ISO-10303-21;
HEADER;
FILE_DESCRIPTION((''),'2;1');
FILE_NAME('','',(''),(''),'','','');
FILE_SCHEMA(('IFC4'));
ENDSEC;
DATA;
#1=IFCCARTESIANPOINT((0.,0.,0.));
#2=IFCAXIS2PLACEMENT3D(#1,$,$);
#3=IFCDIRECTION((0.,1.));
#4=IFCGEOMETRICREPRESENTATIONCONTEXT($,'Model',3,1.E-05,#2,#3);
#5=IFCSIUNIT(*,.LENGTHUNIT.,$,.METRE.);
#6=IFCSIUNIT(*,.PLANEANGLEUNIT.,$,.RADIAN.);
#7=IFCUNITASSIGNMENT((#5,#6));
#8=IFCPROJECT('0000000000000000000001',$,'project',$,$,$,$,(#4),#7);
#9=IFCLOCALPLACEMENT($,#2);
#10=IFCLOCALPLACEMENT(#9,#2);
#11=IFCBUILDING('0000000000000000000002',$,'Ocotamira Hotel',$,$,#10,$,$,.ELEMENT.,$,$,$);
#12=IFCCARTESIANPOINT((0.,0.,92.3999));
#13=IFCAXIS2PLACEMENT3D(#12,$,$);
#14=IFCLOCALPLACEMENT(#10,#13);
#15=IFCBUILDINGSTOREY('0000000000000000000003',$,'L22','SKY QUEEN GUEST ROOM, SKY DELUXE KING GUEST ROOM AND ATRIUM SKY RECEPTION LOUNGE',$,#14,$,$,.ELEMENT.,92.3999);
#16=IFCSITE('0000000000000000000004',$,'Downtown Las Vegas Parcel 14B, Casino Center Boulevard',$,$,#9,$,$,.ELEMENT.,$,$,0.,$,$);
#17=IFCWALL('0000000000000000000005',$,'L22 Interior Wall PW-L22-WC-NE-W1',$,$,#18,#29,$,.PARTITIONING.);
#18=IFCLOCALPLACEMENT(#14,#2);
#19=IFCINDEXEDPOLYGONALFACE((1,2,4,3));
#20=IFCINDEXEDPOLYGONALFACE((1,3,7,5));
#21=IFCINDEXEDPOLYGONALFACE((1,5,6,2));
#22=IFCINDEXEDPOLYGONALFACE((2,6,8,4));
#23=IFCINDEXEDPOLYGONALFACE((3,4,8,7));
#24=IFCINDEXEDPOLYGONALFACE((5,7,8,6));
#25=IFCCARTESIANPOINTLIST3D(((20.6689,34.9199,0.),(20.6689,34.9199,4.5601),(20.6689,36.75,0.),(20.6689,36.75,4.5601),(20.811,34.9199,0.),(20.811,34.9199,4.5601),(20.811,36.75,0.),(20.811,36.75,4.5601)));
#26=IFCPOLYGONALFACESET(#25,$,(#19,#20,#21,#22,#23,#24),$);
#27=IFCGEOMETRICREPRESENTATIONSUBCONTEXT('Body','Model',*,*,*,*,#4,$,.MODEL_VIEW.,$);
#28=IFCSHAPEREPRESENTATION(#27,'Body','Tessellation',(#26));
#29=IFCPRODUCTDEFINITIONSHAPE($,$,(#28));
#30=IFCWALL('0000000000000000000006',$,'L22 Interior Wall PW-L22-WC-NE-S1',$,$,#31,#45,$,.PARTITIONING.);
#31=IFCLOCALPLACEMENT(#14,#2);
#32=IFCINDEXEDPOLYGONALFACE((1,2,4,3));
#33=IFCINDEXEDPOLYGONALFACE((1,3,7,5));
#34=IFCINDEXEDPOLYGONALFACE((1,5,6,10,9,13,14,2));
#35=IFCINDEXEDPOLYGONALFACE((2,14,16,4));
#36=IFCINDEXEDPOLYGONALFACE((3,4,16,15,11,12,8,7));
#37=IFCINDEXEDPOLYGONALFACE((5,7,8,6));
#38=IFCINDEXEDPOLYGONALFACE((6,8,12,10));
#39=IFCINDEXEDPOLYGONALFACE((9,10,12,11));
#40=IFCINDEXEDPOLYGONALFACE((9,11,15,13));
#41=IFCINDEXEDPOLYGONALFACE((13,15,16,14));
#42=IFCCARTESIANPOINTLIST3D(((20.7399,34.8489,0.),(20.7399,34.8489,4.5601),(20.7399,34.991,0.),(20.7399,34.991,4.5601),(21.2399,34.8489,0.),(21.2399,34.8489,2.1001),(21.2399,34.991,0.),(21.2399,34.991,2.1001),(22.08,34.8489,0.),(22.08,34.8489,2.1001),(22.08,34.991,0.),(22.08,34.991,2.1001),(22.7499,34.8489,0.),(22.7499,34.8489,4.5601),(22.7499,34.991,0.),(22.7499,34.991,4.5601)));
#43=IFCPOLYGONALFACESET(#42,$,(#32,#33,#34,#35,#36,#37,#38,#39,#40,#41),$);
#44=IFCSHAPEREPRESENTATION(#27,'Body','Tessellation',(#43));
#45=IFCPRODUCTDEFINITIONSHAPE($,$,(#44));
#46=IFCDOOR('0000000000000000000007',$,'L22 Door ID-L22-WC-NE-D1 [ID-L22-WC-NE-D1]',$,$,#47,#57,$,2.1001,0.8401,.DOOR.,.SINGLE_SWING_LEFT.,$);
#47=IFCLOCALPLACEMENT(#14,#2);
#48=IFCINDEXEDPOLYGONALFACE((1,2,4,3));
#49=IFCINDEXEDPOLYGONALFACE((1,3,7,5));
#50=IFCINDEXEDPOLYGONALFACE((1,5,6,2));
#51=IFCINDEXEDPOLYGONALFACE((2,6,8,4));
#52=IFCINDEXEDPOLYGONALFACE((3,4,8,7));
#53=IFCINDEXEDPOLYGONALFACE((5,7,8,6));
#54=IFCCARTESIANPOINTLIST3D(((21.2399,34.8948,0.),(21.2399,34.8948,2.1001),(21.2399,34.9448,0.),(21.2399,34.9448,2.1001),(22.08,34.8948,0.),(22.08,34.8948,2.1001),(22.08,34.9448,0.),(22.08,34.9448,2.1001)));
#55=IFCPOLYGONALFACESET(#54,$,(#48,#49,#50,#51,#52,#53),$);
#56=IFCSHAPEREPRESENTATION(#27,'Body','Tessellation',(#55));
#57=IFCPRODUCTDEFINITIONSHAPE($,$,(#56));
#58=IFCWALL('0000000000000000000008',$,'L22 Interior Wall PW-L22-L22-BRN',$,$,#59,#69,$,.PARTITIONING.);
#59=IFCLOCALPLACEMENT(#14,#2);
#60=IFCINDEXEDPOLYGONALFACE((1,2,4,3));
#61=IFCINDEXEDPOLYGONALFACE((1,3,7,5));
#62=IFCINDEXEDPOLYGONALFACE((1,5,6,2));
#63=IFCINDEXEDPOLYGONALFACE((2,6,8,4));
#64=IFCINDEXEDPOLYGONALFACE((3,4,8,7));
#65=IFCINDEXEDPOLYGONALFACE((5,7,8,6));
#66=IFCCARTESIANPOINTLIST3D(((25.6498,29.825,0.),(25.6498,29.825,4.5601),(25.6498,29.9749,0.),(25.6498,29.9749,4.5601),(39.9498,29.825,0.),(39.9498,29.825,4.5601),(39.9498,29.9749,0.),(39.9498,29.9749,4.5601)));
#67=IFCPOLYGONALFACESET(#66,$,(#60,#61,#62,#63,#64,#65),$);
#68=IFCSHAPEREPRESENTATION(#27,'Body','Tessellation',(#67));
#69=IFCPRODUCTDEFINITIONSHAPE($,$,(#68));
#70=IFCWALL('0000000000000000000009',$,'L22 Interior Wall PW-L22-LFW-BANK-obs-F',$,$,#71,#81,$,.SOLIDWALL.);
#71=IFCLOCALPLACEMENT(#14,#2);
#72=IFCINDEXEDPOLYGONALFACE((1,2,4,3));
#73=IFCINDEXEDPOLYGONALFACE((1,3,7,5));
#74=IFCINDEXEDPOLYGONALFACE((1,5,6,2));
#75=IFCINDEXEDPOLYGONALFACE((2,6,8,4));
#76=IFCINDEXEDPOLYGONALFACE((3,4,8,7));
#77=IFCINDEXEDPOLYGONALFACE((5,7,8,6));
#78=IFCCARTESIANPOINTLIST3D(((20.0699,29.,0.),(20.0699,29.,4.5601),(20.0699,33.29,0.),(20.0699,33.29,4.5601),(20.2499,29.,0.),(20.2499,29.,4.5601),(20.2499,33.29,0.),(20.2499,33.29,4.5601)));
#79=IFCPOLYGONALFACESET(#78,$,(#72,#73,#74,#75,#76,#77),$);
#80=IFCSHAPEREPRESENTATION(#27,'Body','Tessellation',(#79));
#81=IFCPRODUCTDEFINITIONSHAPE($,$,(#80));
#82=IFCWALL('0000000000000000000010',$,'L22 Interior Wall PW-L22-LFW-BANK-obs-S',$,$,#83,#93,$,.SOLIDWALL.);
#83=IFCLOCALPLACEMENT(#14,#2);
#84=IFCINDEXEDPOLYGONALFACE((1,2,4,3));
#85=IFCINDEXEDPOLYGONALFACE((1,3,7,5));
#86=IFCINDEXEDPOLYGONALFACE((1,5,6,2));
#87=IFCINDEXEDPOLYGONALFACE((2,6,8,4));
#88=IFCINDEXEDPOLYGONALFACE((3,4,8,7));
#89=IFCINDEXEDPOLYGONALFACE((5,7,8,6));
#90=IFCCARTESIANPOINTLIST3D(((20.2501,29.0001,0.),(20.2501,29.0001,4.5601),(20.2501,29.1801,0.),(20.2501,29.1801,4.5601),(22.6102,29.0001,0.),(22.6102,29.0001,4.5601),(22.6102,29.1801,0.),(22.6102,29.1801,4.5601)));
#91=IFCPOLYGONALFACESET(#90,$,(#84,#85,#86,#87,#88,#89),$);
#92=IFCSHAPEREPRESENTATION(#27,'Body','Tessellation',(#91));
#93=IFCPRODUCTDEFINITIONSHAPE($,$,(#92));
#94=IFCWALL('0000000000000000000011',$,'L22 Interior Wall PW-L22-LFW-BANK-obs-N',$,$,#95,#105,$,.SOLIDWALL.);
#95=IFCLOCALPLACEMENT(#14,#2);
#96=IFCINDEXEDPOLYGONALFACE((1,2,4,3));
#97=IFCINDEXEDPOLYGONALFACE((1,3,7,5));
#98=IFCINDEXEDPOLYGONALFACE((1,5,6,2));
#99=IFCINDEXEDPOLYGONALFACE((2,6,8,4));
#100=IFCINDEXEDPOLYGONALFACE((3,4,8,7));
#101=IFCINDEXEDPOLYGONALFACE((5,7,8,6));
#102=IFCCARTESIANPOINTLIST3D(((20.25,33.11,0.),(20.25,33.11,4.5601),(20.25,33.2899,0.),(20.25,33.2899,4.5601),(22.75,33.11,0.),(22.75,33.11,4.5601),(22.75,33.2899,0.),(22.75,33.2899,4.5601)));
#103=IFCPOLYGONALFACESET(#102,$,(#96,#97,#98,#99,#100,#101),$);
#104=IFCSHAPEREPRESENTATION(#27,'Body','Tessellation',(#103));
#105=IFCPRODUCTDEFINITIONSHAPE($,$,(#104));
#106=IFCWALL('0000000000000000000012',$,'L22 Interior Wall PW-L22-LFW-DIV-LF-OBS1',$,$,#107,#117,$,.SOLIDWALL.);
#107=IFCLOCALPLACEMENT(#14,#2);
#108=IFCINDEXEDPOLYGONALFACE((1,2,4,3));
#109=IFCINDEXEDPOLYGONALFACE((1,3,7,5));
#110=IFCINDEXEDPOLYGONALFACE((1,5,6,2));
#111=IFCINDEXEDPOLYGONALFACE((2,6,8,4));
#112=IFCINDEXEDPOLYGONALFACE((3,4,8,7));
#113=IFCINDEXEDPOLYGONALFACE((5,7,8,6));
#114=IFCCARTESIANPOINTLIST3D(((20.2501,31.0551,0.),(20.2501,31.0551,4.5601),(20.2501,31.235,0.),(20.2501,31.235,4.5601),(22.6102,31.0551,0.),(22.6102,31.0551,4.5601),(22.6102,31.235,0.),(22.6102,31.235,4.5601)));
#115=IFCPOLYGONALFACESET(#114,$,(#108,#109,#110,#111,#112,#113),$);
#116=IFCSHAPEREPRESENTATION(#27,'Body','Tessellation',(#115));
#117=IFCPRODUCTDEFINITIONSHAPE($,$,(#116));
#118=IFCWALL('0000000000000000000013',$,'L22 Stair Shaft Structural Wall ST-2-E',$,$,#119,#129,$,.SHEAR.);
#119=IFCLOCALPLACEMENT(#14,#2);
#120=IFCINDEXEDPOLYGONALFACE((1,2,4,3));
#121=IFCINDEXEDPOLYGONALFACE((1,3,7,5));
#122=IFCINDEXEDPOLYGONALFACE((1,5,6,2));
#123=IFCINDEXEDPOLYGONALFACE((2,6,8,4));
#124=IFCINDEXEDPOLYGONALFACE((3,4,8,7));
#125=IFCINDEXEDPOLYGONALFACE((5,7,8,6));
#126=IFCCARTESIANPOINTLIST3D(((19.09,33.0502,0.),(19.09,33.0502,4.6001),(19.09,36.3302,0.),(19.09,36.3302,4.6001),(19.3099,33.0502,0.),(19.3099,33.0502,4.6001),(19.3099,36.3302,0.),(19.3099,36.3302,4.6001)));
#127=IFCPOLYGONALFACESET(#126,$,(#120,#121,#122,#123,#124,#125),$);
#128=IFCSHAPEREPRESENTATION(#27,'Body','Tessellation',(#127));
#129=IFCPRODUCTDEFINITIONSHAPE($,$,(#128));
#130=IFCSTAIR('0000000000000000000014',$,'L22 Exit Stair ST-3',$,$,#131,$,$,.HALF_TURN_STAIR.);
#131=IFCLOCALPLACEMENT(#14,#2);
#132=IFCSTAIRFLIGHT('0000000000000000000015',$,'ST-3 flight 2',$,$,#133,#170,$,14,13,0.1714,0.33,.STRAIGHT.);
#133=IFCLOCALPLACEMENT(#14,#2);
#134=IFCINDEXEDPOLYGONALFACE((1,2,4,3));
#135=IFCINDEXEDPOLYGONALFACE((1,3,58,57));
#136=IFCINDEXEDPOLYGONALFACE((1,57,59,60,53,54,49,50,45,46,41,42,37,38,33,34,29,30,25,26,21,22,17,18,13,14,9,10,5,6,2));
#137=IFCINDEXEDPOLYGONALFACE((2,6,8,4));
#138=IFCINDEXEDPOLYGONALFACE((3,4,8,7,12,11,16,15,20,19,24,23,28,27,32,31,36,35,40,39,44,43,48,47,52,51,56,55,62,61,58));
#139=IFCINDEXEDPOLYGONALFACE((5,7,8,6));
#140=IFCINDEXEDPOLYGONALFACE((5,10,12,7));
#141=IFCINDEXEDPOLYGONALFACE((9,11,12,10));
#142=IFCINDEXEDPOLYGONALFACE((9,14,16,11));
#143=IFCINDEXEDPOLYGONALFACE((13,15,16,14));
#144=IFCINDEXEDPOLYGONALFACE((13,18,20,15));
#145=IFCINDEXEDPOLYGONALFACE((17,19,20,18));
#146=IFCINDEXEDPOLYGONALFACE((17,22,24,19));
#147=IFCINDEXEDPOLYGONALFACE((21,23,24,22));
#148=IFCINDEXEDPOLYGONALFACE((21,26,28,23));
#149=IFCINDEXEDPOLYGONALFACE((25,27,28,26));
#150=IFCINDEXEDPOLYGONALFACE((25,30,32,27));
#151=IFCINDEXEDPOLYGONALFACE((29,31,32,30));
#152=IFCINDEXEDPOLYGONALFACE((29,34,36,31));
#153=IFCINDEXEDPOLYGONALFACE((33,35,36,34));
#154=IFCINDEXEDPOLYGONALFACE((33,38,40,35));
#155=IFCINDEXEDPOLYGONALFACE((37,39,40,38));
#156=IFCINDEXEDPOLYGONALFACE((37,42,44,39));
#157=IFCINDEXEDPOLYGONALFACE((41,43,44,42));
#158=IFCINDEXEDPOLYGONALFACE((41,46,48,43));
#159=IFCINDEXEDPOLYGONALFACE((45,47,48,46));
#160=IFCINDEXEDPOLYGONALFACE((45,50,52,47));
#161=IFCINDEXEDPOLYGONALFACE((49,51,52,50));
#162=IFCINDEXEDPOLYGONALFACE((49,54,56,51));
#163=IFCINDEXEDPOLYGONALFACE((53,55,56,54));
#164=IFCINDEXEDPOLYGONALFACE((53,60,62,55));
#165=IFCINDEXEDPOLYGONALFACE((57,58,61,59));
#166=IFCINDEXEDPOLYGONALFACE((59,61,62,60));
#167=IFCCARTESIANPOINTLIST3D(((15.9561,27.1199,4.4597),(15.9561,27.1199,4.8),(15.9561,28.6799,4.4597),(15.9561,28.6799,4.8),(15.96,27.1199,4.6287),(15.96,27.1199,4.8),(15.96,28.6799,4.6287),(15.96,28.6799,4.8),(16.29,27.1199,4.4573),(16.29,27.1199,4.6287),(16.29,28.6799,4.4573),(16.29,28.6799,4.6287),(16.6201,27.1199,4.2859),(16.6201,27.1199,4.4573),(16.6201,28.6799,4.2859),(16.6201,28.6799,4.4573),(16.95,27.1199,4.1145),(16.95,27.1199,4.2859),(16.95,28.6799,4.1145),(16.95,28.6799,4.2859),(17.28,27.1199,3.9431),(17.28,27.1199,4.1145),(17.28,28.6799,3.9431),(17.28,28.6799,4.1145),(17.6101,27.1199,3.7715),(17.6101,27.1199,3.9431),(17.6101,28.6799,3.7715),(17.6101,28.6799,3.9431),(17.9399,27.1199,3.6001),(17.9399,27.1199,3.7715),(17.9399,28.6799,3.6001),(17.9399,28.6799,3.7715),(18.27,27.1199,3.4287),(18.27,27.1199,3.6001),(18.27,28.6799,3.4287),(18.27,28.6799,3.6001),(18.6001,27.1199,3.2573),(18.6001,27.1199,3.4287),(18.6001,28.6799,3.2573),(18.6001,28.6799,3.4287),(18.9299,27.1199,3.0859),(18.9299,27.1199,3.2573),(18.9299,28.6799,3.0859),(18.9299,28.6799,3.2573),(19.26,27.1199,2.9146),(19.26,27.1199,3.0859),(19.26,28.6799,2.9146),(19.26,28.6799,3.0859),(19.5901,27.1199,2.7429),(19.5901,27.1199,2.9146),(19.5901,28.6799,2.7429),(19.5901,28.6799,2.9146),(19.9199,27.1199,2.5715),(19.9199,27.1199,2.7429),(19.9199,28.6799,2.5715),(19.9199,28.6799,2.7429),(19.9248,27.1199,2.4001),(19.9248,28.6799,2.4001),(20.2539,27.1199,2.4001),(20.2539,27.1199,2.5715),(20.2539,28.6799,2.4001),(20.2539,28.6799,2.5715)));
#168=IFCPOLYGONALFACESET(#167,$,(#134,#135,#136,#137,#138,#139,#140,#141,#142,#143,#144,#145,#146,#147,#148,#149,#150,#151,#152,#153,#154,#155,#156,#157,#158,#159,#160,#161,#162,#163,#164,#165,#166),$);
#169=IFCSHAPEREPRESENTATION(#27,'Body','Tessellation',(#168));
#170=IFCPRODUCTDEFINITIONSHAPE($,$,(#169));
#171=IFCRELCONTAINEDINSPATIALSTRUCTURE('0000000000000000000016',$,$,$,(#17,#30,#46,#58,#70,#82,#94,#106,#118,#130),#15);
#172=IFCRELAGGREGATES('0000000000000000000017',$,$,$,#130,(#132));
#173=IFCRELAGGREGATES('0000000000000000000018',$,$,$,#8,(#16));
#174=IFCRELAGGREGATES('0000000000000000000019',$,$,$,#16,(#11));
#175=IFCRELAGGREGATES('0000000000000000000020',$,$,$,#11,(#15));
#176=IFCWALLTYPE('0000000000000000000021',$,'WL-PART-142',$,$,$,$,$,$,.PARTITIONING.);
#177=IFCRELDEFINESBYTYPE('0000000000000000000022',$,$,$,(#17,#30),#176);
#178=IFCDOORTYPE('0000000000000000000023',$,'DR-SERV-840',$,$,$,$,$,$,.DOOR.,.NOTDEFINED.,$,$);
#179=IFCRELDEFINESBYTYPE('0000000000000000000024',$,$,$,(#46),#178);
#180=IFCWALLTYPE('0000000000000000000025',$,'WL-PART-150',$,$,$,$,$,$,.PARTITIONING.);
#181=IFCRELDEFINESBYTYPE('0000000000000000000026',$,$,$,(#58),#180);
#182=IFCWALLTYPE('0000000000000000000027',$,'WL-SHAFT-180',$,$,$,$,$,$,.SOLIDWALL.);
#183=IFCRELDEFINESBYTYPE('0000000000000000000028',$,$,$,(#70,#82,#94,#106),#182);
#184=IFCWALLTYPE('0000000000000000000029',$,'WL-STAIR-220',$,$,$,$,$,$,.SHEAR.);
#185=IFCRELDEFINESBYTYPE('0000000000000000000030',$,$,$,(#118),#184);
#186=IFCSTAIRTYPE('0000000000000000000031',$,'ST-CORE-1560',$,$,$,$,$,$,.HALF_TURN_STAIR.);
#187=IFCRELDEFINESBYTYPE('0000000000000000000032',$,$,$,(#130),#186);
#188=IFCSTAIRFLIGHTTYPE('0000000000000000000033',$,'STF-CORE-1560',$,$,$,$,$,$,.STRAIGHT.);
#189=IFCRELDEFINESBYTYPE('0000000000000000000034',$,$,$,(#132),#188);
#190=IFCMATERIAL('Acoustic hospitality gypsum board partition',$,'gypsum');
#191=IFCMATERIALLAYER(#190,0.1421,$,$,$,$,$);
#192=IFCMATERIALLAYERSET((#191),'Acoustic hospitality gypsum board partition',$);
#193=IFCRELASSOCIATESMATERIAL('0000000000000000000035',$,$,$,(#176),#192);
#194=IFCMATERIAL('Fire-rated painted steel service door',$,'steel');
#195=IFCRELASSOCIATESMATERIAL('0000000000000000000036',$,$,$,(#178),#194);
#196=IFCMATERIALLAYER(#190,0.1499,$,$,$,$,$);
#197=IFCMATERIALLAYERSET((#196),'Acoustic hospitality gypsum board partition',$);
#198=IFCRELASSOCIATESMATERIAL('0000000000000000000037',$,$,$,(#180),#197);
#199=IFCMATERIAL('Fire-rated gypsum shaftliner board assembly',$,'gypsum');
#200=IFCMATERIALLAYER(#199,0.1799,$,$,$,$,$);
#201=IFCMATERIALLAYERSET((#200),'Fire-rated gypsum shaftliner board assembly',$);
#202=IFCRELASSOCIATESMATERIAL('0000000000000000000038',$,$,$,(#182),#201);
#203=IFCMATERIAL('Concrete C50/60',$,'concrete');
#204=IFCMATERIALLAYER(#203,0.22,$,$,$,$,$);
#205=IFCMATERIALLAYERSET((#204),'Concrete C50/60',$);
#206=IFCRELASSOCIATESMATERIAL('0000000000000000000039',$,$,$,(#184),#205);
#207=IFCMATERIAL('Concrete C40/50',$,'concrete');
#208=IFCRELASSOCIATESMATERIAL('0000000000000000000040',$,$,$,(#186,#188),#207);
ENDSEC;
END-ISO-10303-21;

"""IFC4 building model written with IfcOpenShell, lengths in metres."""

from ifc_helpers import new_model, si_unit, direction, frame, frame_2d, origin, place, context, subcontext, project, spatial, polyline, rectangle, outline, extrude, source, transform, mapped, material, layer, layer_set, type_object, element, fill, aggregate, save


model = new_model("IFC4")

# Units and contexts
model_context = context("Model", 3, precision=1e-05, world=origin(), true_north=direction((0.0, 1.0)))
body_context = subcontext(model_context, "Body", "Model", "MODEL_VIEW")
ifc_project = project(units=[si_unit("LENGTHUNIT", "METRE"), si_unit("PLANEANGLEUNIT", "RADIAN")], contexts=[model_context])

# Site, building, storey
site_placement = place(None, origin())
site = spatial("IfcSite", under=ifc_project, at=site_placement, Name="Downtown Las Vegas Parcel 14B, Casino Center Boulevard", CompositionType="ELEMENT", RefElevation=0.0)
building_placement = place(site_placement, origin())
building = spatial("IfcBuilding", under=site, at=building_placement, Name="Ocotamira Hotel", CompositionType="ELEMENT")
storey_placement = place(building_placement, frame((0.0, 0.0, 92.3999)))
storey = spatial("IfcBuildingStorey", under=building, at=storey_placement, Name="L22", Description="SKY QUEEN GUEST ROOM, SKY DELUXE KING GUEST ROOM AND ATRIUM SKY RECEPTION LOUNGE", CompositionType="ELEMENT", Elevation=92.3999)

# Wall
ifc_material_1 = material(Name="Acoustic hospitality gypsum board partition", Category="gypsum")
ifc_layer_1 = layer(ifc_material_1, 0.1421)
ifc_layer_set_1 = layer_set([ifc_layer_1], Name="Acoustic hospitality gypsum board partition")
wall_type_1 = type_object("IfcWallType", Name="WL-PART-142", PredefinedType="PARTITIONING", material=ifc_layer_set_1)
wall_1_placement = place(storey_placement, frame((20.74, 34.9199, 0.0), z_axis=(0.0, 0.0, 1.0), x_axis=(0.0, 1.0, 0.0)))
element("IfcWall", 1, at=wall_1_placement, inside=storey, type_object=wall_type_1, Name="L22 Interior Wall PW-L22-WC-NE-W1", PredefinedType="PARTITIONING", context=body_context, shape_type="SweptSolid", body=[
    extrude(rectangle(XDim=1.8301, YDim=0.1421, at=frame_2d((0.915, 0.0))), origin(), (0.0, 0.0, 1.0), 4.5601),
])

# Wall, opening, door
wall_2_placement = place(storey_placement, frame((20.74, 34.9199, 0.0), z_axis=(0.0, 0.0, 1.0), x_axis=(1.0, 0.0, 0.0)))
wall_2 = element("IfcWall", 2, at=wall_2_placement, inside=storey, type_object=wall_type_1, Name="L22 Interior Wall PW-L22-WC-NE-S1", PredefinedType="PARTITIONING", context=body_context, shape_type="SweptSolid", body=[
    extrude(rectangle(XDim=2.01, YDim=0.1421, at=frame_2d((1.0049, 0.0))), origin(), (0.0, 0.0, 1.0), 4.5601),
])
opening_1_placement = place(wall_2_placement, frame((0.5, 0.0, 0.0)))
opening_1 = element("IfcOpeningElement", 3, at=opening_1_placement, cuts=wall_2, PredefinedType="OPENING", context=body_context, shape_type="SweptSolid", body=[
    extrude(rectangle(XDim=0.8401, YDim=2.1001, at=frame_2d((0.4199, 1.05))), frame((0.0, 0.0811, 0.0), z_axis=(0.0, -1.0, 0.0), x_axis=(1.0, 0.0, 0.0)), (0.0, 0.0, 1.0), 0.1621),
])
ifc_material_2 = material(Name="Fire-rated painted steel service door", Category="steel")
door_type_1 = type_object("IfcDoorType", Name="DR-SERV-840", OperationType="NOTDEFINED", PredefinedType="DOOR", material=ifc_material_2)
shared_shape_1 = source(origin(), body_context, "Body", "SweptSolid", [
    extrude(rectangle(XDim=0.8401, YDim=2.1001, at=frame_2d((0.4199, 1.05))), frame((0.0, 0.0249, 0.0), z_axis=(0.0, -1.0, 0.0), x_axis=(1.0, 0.0, 0.0)), (0.0, 0.0, 1.0), 0.05),
])
door_1_placement = place(opening_1_placement, origin())
door_1 = element("IfcDoor", 4, at=door_1_placement, inside=storey, type_object=door_type_1, Name="L22 Door ID-L22-WC-NE-D1 [ID-L22-WC-NE-D1]", OperationType="SINGLE_SWING_LEFT", OverallHeight=2.1001, OverallWidth=0.8401, PredefinedType="DOOR", context=body_context, shape_type="MappedRepresentation", body=[
    mapped(shared_shape_1, transform((0.0, 0.0, 0.0), scale=1.0)),
])
fill(opening_1, door_1)

# Walls
ifc_layer_2 = layer(ifc_material_1, 0.1499)
ifc_layer_set_2 = layer_set([ifc_layer_2], Name="Acoustic hospitality gypsum board partition")
wall_type_2 = type_object("IfcWallType", Name="WL-PART-150", PredefinedType="PARTITIONING", material=ifc_layer_set_2)
wall_3_placement = place(storey_placement, frame((25.6499, 29.8999, 0.0), z_axis=(0.0, 0.0, 1.0), x_axis=(1.0, 0.0, 0.0)))
element("IfcWall", 5, at=wall_3_placement, inside=storey, type_object=wall_type_2, Name="L22 Interior Wall PW-L22-L22-BRN", PredefinedType="PARTITIONING", context=body_context, shape_type="SweptSolid", body=[
    extrude(rectangle(XDim=14.3, YDim=0.1499, at=frame_2d((7.1499, 0.0))), origin(), (0.0, 0.0, 1.0), 4.5601),
])
ifc_material_3 = material(Name="Fire-rated gypsum shaftliner board assembly", Category="gypsum")
ifc_layer_3 = layer(ifc_material_3, 0.1799)
ifc_layer_set_3 = layer_set([ifc_layer_3], Name="Fire-rated gypsum shaftliner board assembly")
wall_type_3 = type_object("IfcWallType", Name="WL-SHAFT-180", PredefinedType="SOLIDWALL", material=ifc_layer_set_3)
wall_4_placement = place(storey_placement, frame((20.1599, 29.0, 0.0), z_axis=(0.0, 0.0, 1.0), x_axis=(0.0, 1.0, 0.0)))
element("IfcWall", 6, at=wall_4_placement, inside=storey, type_object=wall_type_3, Name="L22 Interior Wall PW-L22-LFW-BANK-obs-F", PredefinedType="SOLIDWALL", context=body_context, shape_type="SweptSolid", body=[
    extrude(rectangle(XDim=4.29, YDim=0.1799, at=frame_2d((2.145, 0.0))), origin(), (0.0, 0.0, 1.0), 4.5601),
])
wall_5_placement = place(storey_placement, frame((20.25, 29.0901, 0.0), z_axis=(0.0, 0.0, 1.0), x_axis=(1.0, 0.0, 0.0)))
element("IfcWall", 7, at=wall_5_placement, inside=storey, type_object=wall_type_3, Name="L22 Interior Wall PW-L22-LFW-BANK-obs-S", PredefinedType="SOLIDWALL", context=body_context, shape_type="SweptSolid", body=[
    extrude(rectangle(XDim=2.3601, YDim=0.1799, at=frame_2d((1.1802, 0.0))), origin(), (0.0, 0.0, 1.0), 4.5601),
])
wall_6_placement = place(storey_placement, frame((20.25, 33.2, 0.0), z_axis=(0.0, 0.0, 1.0), x_axis=(1.0, 0.0, 0.0)))
element("IfcWall", 8, at=wall_6_placement, inside=storey, type_object=wall_type_3, Name="L22 Interior Wall PW-L22-LFW-BANK-obs-N", PredefinedType="SOLIDWALL", context=body_context, shape_type="SweptSolid", body=[
    extrude(rectangle(XDim=2.5, YDim=0.1799, at=frame_2d((1.25, 0.0))), origin(), (0.0, 0.0, 1.0), 4.5601),
])
wall_7_placement = place(storey_placement, frame((20.25, 31.145, 0.0), z_axis=(0.0, 0.0, 1.0), x_axis=(1.0, 0.0, 0.0)))
element("IfcWall", 9, at=wall_7_placement, inside=storey, type_object=wall_type_3, Name="L22 Interior Wall PW-L22-LFW-DIV-LF-OBS1", PredefinedType="SOLIDWALL", context=body_context, shape_type="SweptSolid", body=[
    extrude(rectangle(XDim=2.3601, YDim=0.1799, at=frame_2d((1.1802, 0.0))), origin(), (0.0, 0.0, 1.0), 4.5601),
])
ifc_material_4 = material(Name="Concrete C50/60", Category="concrete")
ifc_layer_4 = layer(ifc_material_4, 0.22)
ifc_layer_set_4 = layer_set([ifc_layer_4], Name="Concrete C50/60")
wall_type_4 = type_object("IfcWallType", Name="WL-STAIR-220", PredefinedType="SHEAR", material=ifc_layer_set_4)
wall_8_placement = place(storey_placement, frame((19.2, 33.05, 0.0), z_axis=(0.0, 0.0, 1.0), x_axis=(0.0, 1.0, 0.0)))
element("IfcWall", 10, at=wall_8_placement, inside=storey, type_object=wall_type_4, Name="L22 Stair Shaft Structural Wall ST-2-E", PredefinedType="SHEAR", context=body_context, shape_type="SweptSolid", body=[
    extrude(rectangle(XDim=3.28, YDim=0.22, at=frame_2d((1.6401, 0.0))), origin(), (0.0, 0.0, 1.0), 4.6001),
])

# Stair, stair flight
ifc_material_5 = material(Name="Concrete C40/50", Category="concrete")
stair_type = type_object("IfcStairType", Name="ST-CORE-1560", PredefinedType="HALF_TURN_STAIR", material=ifc_material_5)
stair_placement = place(storey_placement, origin())
stair = element("IfcStair", 11, at=stair_placement, inside=storey, type_object=stair_type, Name="L22 Exit Stair ST-3", PredefinedType="HALF_TURN_STAIR")
stair_flight_type = type_object("IfcStairFlightType", Name="STF-CORE-1560", PredefinedType="STRAIGHT", material=ifc_material_5)
shared_shape_2 = source(origin(), body_context, "Body", "SweptSolid", [
    extrude(outline(polyline([(-0.0039, 0.0), (-0.0039, 0.1714), (0.3301, 0.1714), (0.3301, 0.3428), (0.6599, 0.3428), (0.6599, 0.5144), (0.99, 0.5144), (0.99, 0.6858), (1.3201, 0.6858), (1.3201, 0.8572), (1.6499, 0.8572), (1.6499, 1.0286), (1.98, 1.0286), (1.98, 1.2), (2.3101, 1.2), (2.3101, 1.3713), (2.6399, 1.3713), (2.6399, 1.543), (2.97, 1.543), (2.97, 1.7144), (3.3, 1.7144), (3.3, 1.8857), (3.6299, 1.8857), (3.6299, 2.0571), (3.96, 2.0571), (3.96, 2.2285), (4.29, 2.2285), (4.29, 2.3999), (4.2939, 2.3999), (4.2939, 2.0596), (0.3252, 0.0), (-0.0039, 0.0)])), frame((0.0, 0.78, 0.0), z_axis=(0.0, -1.0, 0.0), x_axis=(1.0, 0.0, 0.0)), (0.0, 0.0, 1.0), 1.5601),
])
stair_flight_placement = place(storey_placement, frame((20.25, 27.8999, 2.4001), z_axis=(0.0, 0.0, 1.0), x_axis=(-1.0, 0.0, 0.0)))
stair_flight = element("IfcStairFlight", 12, at=stair_flight_placement, type_object=stair_flight_type, Name="ST-3 flight 2", NumberOfRisers=14, NumberOfTreads=13, PredefinedType="STRAIGHT", RiserHeight=0.1714, TreadLength=0.33, context=body_context, shape_type="MappedRepresentation", body=[
    mapped(shared_shape_2, transform((0.0, 0.0, 0.0), scale=1.0)),
])
aggregate(stair, [stair_flight])

save(model, "model.ifc")
